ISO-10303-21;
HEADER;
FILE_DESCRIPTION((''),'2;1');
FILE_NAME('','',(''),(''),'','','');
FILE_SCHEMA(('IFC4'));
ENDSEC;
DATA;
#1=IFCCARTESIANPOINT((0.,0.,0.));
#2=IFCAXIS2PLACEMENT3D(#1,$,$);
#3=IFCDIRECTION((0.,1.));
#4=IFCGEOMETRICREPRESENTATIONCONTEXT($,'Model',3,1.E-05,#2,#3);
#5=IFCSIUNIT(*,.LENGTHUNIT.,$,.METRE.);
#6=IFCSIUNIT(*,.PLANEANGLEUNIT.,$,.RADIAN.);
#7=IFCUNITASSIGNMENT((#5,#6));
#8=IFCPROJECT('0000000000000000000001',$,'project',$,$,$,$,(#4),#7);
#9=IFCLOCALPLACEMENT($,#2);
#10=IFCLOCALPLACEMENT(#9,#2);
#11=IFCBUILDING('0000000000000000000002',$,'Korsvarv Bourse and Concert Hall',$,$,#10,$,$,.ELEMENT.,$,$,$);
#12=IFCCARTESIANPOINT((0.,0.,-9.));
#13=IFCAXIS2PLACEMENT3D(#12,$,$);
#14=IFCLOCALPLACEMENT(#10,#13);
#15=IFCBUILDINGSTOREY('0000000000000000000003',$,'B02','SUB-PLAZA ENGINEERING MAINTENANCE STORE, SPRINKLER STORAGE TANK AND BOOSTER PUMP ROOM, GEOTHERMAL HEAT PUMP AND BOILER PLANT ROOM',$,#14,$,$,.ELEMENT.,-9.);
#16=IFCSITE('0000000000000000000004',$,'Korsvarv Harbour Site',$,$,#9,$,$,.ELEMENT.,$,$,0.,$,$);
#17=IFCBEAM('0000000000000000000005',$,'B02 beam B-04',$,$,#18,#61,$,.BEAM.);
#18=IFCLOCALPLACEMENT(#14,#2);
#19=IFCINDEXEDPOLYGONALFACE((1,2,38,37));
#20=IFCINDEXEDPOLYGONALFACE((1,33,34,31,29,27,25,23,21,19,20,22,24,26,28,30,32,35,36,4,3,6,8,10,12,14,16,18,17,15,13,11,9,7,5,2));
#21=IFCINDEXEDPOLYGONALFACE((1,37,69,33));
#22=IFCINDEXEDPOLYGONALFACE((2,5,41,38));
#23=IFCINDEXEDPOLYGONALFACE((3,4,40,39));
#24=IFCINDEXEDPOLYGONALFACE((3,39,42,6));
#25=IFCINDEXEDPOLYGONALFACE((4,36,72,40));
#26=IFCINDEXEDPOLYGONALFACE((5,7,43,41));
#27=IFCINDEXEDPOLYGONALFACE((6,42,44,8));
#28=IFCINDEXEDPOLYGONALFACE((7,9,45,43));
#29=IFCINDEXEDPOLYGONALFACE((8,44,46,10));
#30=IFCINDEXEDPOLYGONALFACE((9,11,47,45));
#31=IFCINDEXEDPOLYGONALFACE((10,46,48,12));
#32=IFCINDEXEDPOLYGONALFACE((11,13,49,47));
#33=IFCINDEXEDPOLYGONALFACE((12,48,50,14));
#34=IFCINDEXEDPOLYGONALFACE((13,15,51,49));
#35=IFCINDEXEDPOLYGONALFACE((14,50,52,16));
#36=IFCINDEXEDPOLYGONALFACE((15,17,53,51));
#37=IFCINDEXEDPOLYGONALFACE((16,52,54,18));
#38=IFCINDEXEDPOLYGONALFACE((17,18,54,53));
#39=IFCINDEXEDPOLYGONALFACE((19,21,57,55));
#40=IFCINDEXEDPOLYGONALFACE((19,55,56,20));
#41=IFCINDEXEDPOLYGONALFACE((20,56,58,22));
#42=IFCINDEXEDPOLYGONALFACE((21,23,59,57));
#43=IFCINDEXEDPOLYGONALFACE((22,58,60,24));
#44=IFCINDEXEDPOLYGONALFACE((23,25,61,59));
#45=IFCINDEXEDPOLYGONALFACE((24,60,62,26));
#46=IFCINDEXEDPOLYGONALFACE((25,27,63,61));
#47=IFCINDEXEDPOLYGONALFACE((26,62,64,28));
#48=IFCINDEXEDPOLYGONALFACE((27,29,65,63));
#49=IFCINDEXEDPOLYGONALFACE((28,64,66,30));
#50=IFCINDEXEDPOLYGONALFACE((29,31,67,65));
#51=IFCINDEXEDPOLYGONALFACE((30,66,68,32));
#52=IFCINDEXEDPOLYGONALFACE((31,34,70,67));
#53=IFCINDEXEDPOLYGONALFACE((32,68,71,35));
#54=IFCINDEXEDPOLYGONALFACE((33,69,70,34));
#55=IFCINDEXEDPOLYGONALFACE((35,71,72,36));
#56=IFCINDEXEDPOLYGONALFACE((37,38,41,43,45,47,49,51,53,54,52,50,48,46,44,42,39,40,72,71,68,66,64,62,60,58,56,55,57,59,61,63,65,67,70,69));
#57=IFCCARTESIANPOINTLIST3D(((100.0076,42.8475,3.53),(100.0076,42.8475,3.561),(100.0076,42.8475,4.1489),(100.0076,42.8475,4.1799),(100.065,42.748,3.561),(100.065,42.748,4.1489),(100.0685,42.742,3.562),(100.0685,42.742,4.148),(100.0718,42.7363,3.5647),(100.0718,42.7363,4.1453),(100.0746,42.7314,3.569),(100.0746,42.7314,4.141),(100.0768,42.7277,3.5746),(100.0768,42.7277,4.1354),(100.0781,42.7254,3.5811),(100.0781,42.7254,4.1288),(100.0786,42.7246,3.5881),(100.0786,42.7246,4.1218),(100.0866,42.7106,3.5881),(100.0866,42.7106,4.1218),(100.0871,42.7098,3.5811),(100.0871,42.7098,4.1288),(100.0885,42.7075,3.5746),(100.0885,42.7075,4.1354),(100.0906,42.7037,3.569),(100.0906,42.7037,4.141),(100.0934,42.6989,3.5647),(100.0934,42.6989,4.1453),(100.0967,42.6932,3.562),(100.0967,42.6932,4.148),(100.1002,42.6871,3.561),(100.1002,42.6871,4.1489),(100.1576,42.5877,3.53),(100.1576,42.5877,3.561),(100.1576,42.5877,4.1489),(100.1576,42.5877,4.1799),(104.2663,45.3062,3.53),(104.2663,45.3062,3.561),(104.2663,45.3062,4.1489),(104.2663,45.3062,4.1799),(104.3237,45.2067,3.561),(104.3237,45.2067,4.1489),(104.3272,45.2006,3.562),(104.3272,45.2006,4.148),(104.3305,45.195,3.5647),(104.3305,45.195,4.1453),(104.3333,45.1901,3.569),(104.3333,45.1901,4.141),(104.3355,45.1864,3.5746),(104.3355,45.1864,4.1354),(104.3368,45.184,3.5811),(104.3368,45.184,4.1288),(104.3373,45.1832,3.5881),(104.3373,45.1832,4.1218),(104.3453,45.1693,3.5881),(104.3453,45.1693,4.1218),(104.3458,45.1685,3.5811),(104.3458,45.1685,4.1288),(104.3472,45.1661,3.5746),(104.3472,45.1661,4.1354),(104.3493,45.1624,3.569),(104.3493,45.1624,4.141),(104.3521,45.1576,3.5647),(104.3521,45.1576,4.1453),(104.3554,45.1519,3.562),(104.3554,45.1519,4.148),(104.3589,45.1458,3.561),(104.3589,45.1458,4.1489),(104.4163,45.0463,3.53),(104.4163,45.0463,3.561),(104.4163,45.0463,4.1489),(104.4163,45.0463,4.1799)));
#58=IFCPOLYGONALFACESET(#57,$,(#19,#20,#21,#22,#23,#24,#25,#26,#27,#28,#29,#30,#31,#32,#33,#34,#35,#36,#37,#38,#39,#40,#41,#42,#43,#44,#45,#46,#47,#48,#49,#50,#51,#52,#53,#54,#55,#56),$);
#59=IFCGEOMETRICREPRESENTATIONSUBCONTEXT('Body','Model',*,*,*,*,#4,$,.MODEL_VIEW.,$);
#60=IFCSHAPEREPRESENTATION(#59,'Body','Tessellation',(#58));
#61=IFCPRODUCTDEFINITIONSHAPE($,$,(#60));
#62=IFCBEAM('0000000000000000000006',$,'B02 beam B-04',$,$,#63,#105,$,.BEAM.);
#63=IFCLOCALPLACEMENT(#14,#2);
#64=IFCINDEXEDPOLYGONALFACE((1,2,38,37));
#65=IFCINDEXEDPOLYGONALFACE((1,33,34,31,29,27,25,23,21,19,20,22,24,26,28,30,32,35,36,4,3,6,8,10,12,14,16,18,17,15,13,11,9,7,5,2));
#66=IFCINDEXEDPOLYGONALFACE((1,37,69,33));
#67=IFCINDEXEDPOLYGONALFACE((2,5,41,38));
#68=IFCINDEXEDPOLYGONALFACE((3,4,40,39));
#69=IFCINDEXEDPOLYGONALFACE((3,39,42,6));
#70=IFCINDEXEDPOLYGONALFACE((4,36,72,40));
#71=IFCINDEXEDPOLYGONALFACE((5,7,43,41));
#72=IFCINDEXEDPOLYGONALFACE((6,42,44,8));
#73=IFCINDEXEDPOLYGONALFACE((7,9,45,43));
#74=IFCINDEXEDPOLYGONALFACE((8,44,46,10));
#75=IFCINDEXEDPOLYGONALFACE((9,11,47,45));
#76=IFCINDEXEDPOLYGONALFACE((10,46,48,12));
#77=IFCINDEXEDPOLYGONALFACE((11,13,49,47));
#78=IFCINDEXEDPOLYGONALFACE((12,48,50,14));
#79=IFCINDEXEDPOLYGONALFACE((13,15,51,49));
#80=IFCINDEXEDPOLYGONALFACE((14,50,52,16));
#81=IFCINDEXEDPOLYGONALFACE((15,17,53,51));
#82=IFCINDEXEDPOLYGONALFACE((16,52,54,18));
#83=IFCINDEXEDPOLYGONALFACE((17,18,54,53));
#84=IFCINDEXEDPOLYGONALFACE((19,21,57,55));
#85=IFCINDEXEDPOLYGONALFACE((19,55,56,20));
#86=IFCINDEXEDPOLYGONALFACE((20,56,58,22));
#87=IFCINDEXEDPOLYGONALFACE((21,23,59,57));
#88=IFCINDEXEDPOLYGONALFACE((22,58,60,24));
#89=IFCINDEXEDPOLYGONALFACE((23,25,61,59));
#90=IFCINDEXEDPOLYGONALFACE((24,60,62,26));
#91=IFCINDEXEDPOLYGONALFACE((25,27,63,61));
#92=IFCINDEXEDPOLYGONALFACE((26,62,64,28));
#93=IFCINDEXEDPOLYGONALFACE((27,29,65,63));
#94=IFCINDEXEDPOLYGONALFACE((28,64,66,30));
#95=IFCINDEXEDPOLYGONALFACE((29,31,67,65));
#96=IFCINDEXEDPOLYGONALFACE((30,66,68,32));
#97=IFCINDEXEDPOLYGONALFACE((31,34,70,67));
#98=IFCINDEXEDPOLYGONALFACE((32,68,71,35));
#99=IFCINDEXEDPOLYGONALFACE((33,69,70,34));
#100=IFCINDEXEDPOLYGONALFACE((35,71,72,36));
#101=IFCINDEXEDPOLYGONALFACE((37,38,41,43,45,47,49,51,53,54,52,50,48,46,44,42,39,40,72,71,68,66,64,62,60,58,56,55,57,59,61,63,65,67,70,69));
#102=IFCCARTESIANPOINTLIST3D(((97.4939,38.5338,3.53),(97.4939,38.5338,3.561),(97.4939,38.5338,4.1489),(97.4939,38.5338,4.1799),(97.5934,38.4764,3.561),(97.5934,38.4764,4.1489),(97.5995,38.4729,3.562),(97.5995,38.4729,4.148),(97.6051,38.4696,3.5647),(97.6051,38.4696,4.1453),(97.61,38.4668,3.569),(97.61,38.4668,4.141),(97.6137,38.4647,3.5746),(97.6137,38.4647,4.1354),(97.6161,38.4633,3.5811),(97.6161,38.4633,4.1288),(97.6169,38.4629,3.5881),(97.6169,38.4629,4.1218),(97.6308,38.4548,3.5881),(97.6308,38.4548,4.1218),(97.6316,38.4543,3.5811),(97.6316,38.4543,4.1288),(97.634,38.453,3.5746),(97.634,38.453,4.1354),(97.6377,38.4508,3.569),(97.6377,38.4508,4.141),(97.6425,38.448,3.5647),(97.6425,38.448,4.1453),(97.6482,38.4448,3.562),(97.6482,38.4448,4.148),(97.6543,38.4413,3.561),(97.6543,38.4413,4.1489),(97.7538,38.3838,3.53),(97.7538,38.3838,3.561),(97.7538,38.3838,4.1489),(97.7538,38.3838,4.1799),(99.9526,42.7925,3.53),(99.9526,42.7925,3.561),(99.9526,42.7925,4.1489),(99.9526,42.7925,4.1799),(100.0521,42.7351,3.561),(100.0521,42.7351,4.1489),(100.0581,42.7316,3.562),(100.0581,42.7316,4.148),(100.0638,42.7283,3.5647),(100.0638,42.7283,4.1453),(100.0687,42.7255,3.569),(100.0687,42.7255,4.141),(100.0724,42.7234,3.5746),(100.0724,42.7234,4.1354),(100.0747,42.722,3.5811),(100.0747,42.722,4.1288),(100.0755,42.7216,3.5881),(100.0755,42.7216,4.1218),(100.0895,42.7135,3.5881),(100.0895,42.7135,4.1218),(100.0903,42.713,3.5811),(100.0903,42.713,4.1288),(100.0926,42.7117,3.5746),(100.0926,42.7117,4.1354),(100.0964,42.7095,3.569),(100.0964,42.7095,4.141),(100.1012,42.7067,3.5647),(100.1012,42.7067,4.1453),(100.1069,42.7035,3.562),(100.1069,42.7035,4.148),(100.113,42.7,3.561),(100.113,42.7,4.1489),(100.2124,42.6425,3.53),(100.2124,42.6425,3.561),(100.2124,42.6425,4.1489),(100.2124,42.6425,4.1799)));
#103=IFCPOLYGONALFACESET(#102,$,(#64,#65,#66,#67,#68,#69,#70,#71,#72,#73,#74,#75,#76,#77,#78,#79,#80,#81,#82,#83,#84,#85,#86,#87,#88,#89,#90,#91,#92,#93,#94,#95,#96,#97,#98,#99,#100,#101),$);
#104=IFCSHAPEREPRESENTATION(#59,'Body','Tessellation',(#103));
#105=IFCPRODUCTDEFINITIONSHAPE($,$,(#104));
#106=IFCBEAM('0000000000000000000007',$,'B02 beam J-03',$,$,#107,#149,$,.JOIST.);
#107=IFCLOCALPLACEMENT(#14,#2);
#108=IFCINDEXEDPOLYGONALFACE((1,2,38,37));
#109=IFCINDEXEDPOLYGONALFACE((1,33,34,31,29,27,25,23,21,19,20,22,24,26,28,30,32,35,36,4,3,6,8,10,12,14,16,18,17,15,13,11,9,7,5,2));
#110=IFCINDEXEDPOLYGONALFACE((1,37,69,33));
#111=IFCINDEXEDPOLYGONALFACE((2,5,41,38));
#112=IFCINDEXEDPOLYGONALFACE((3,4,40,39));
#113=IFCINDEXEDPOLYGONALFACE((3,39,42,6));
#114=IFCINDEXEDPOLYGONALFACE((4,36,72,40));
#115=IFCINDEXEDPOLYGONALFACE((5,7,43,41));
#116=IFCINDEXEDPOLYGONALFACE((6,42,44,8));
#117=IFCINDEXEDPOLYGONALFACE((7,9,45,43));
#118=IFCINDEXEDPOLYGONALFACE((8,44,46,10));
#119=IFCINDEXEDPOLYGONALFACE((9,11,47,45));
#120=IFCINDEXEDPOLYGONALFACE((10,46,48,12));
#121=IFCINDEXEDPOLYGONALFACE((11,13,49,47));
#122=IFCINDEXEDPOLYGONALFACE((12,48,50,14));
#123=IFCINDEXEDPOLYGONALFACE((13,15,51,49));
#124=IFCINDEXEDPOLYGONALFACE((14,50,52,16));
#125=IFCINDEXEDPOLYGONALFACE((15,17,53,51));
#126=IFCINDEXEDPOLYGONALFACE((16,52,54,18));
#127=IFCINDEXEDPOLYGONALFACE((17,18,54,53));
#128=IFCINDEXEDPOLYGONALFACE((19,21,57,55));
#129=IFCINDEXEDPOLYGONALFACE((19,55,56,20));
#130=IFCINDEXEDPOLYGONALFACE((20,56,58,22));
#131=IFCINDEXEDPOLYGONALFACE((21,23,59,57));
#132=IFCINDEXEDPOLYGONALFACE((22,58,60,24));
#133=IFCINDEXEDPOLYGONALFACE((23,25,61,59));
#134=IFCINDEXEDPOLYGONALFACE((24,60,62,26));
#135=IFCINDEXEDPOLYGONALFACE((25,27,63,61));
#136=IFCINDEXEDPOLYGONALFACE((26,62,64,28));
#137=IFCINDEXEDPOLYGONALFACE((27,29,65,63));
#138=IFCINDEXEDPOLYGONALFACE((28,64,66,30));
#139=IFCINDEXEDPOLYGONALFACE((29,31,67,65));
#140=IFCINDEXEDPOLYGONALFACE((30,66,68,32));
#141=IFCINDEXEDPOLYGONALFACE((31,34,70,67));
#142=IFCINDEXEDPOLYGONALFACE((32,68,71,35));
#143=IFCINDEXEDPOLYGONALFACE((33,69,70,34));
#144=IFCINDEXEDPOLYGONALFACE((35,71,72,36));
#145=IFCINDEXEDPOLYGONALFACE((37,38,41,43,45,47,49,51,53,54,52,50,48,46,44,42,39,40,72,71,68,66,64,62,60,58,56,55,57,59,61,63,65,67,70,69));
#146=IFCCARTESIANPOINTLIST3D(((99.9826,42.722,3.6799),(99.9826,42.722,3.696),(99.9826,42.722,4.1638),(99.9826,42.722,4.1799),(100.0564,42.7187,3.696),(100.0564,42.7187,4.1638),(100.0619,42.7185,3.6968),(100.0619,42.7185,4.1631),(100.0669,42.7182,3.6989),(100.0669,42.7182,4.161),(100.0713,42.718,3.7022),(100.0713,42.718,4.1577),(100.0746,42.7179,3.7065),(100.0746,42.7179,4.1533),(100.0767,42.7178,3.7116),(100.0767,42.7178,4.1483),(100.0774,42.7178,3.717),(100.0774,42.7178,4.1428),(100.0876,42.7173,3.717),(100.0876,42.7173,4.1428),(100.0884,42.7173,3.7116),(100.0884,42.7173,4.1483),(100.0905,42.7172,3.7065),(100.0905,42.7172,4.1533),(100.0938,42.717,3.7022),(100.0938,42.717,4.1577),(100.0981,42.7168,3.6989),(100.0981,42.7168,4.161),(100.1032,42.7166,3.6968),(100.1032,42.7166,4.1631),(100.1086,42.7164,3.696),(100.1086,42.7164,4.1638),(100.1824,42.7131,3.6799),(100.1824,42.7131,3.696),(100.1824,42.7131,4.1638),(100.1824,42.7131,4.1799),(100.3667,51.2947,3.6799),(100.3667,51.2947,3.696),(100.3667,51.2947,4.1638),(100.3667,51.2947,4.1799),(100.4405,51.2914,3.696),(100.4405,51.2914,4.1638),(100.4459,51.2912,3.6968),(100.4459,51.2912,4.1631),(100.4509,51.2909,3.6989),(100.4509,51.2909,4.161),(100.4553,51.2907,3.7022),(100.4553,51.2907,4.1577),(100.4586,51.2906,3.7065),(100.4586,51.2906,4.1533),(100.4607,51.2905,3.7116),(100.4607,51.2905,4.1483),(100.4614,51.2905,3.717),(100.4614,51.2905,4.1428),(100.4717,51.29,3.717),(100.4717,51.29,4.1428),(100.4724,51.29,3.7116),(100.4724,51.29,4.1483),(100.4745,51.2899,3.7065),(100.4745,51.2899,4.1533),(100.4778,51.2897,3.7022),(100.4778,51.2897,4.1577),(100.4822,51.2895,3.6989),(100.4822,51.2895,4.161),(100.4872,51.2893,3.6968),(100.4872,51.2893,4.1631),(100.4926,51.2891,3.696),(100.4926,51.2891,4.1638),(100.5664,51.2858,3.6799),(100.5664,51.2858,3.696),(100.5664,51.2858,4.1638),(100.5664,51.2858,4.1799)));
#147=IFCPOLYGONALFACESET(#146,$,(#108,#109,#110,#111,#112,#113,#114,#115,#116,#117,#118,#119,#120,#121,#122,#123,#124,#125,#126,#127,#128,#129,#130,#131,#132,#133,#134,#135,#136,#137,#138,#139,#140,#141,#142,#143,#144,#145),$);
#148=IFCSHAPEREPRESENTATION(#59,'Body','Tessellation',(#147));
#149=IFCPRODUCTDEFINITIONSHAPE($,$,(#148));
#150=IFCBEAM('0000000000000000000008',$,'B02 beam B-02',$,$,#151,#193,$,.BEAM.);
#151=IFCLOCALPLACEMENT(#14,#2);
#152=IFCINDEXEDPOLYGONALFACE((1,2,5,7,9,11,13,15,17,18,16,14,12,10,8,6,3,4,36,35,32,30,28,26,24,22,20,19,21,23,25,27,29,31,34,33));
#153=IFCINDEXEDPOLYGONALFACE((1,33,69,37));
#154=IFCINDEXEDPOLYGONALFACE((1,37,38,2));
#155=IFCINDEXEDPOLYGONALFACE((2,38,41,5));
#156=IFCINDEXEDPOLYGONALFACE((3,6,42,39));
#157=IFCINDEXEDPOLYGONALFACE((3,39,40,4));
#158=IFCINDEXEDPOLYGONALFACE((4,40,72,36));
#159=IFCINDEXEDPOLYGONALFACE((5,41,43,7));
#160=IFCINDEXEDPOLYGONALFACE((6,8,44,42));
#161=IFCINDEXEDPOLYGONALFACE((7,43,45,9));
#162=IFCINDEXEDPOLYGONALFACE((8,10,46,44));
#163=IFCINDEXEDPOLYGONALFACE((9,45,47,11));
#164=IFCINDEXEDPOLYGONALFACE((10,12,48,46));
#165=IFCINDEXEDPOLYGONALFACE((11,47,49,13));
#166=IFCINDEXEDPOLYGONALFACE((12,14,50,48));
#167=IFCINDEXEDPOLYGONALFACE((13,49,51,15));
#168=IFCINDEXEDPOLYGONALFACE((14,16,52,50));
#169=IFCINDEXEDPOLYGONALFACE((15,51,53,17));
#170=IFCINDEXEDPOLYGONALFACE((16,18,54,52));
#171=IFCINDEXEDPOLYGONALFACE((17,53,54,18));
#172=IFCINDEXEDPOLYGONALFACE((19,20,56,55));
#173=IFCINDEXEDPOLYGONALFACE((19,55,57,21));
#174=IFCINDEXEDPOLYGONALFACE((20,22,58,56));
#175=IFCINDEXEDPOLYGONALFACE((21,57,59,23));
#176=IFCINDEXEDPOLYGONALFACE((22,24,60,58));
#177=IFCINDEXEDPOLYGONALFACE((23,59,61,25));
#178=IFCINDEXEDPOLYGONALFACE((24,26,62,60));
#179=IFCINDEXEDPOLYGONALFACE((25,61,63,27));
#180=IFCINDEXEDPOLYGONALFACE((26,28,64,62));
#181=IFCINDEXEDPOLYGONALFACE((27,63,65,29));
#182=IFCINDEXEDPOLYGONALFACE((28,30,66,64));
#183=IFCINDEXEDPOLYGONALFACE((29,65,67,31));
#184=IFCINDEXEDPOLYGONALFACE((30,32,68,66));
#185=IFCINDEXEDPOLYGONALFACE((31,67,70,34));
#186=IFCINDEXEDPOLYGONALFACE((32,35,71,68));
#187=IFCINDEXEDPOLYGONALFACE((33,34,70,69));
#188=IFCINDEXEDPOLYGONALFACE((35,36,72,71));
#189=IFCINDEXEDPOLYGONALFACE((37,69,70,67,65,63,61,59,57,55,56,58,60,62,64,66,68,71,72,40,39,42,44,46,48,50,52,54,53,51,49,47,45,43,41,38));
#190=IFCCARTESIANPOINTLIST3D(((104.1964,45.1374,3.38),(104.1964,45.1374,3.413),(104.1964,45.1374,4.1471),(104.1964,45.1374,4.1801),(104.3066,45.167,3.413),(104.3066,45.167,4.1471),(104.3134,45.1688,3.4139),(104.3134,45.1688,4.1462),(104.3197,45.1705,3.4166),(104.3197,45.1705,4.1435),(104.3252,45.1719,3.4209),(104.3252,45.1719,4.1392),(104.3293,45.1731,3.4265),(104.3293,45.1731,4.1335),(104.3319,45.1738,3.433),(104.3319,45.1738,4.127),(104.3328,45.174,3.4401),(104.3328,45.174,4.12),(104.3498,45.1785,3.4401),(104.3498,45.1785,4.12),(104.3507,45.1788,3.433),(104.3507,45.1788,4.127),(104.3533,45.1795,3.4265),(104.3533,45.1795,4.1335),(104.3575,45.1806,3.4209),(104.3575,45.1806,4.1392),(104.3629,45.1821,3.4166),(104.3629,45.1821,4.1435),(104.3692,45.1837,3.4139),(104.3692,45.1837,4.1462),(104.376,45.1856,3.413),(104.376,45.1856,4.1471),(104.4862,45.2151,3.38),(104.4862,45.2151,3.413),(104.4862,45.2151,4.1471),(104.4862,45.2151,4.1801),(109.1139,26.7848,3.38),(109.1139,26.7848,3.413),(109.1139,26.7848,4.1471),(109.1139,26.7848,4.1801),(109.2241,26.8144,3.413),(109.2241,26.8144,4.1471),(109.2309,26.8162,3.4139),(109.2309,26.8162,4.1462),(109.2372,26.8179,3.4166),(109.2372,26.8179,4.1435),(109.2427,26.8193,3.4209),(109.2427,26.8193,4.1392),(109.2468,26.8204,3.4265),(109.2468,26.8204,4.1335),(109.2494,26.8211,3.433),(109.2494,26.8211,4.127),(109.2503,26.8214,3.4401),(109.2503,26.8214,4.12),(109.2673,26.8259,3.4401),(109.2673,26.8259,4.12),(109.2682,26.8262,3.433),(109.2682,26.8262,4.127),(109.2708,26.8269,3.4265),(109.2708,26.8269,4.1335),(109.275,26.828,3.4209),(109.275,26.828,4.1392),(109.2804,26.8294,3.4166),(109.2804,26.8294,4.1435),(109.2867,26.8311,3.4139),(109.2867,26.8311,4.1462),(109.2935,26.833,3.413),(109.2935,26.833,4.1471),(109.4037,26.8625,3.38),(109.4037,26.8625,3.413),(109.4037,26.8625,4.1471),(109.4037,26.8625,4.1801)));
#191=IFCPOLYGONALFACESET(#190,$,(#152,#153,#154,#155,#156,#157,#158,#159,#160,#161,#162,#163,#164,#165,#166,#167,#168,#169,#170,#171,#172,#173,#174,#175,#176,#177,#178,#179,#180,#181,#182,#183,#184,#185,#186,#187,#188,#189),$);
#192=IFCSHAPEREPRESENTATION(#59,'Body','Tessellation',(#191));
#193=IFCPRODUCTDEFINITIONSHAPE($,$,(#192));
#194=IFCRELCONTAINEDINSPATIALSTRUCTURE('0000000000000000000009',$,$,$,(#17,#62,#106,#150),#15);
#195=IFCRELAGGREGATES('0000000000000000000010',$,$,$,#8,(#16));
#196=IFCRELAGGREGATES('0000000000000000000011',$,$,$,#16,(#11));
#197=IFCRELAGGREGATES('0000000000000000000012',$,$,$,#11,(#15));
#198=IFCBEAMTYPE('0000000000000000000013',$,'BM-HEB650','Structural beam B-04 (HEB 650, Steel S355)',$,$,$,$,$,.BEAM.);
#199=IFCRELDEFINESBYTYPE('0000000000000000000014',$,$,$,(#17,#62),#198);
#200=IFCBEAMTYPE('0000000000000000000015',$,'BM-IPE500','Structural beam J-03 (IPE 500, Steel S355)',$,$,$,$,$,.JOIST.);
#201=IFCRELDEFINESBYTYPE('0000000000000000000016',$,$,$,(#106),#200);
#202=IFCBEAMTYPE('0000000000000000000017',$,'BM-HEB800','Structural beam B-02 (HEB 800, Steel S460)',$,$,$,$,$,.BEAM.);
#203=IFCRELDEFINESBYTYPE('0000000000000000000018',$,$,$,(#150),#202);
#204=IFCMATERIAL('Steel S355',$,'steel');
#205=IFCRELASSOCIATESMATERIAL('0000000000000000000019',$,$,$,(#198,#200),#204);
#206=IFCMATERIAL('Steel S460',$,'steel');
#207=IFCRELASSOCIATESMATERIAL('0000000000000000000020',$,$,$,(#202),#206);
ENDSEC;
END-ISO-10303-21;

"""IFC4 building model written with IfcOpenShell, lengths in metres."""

from ifc_helpers import new_model, si_unit, direction, frame, origin, origin_2d, place, context, subcontext, project, spatial, i_section, extrude, source, transform, mapped, material, material_profile, profile_set, type_object, element, save


model = new_model("IFC4")

# Units and contexts
model_context = context("Model", 3, precision=1e-05, world=origin(), true_north=direction((0.0, 1.0)))
body_context = subcontext(model_context, "Body", "Model", "MODEL_VIEW")
ifc_project = project(units=[si_unit("LENGTHUNIT", "METRE"), si_unit("PLANEANGLEUNIT", "RADIAN")], contexts=[model_context])

# Site, building, storey
site_placement = place(None, origin())
site = spatial("IfcSite", under=ifc_project, at=site_placement, Name="Korsvarv Harbour Site", CompositionType="ELEMENT", RefElevation=0.0)
building_placement = place(site_placement, origin())
building = spatial("IfcBuilding", under=site, at=building_placement, Name="Korsvarv Bourse and Concert Hall", CompositionType="ELEMENT")
storey_placement = place(building_placement, frame((0.0, 0.0, -9.0)))
storey = spatial("IfcBuildingStorey", under=building, at=storey_placement, Name="B02", Description="SUB-PLAZA ENGINEERING MAINTENANCE STORE, SPRINKLER STORAGE TANK AND BOOSTER PUMP ROOM, GEOTHERMAL HEAT PUMP AND BOILER PLANT ROOM", CompositionType="ELEMENT", Elevation=-9.0)

# Beams
ifc_material_1 = material(Name="Steel S355", Category="steel")
ifc_material_profile_1 = material_profile(ifc_material_1, i_section(OverallWidth=0.3, OverallDepth=0.6499, WebThickness=0.0161, FlangeThickness=0.031, FilletRadius=0.0271, at=origin_2d()), Name="HEB 650")
ifc_profile_set_1 = profile_set([ifc_material_profile_1], Name="Steel S355")
beam_type_1 = type_object("IfcBeamType", Name="BM-HEB650", Description="Structural beam B-04 (HEB 650, Steel S355)", PredefinedType="BEAM", material=ifc_profile_set_1)
shared_shape_1 = source(origin(), body_context, "Body", "SweptSolid", [
    extrude(i_section(OverallWidth=0.3, OverallDepth=0.6499, WebThickness=0.0161, FlangeThickness=0.031, FilletRadius=0.0271, at=origin_2d()), origin(), (0.0, 0.0, 1.0), 4.9175),
])
for number, where, z_axis, x_axis, name in (
    (1, (104.3413, 45.1763, 3.855), (-0.866032, -0.499989, 0.0), (0.499989, -0.866032, 0.0), "B02 beam B-04"),
    (2, (100.0825, 42.7175, 3.855), (-0.499989, -0.866032, 0.0), (0.866032, -0.499989, 0.0), "B02 beam B-04"),
):
    element("IfcBeam", number, at=place(storey_placement, frame(where, z_axis=z_axis, x_axis=x_axis)), inside=storey, type_object=beam_type_1, Name=name, PredefinedType="BEAM", context=body_context, shape_type="MappedRepresentation", body=[
        mapped(shared_shape_1, transform((0.0, 0.0, 0.0), scale=1.0)),
    ])
ifc_material_profile_2 = material_profile(ifc_material_1, i_section(OverallWidth=0.2, OverallDepth=0.5, WebThickness=0.0103, FlangeThickness=0.0161, FilletRadius=0.021, at=origin_2d()), Name="IPE 500")
ifc_profile_set_2 = profile_set([ifc_material_profile_2], Name="Steel S355")
beam_type_2 = type_object("IfcBeamType", Name="BM-IPE500", Description="Structural beam J-03 (IPE 500, Steel S355)", PredefinedType="JOIST", material=ifc_profile_set_2)
shared_shape_2 = source(origin(), body_context, "Body", "SweptSolid", [
    extrude(i_section(OverallWidth=0.2, OverallDepth=0.5, WebThickness=0.0103, FlangeThickness=0.0161, FilletRadius=0.021, at=origin_2d()), origin(), (0.0, 0.0, 1.0), 8.5813),
])
beam_placement = place(storey_placement, frame((100.0825, 42.7175, 3.9299), z_axis=(0.044752, 0.998998, 0.0), x_axis=(-0.998998, 0.044752, 0.0)))
element("IfcBeam", 3, at=beam_placement, inside=storey, type_object=beam_type_2, Name="B02 beam J-03", PredefinedType="JOIST", context=body_context, shape_type="MappedRepresentation", body=[
    mapped(shared_shape_2, transform((0.0, 0.0, 0.0), scale=1.0)),
])
ifc_material_2 = material(Name="Steel S460", Category="steel")
ifc_material_profile_3 = material_profile(ifc_material_2, i_section(OverallWidth=0.3, OverallDepth=0.8, WebThickness=0.0176, FlangeThickness=0.033, FilletRadius=0.0271, at=origin_2d()), Name="HEB 800")
ifc_profile_set_3 = profile_set([ifc_material_profile_3], Name="Steel S460")
beam_type_3 = type_object("IfcBeamType", Name="BM-HEB800", Description="Structural beam B-02 (HEB 800, Steel S460)", PredefinedType="BEAM", material=ifc_profile_set_3)
shared_shape_3 = source(origin(), body_context, "Body", "SweptSolid", [
    extrude(i_section(OverallWidth=0.3, OverallDepth=0.8, WebThickness=0.0176, FlangeThickness=0.033, FilletRadius=0.0271, at=origin_2d()), origin(), (0.0, 0.0, 1.0), 19.0),
])
for number, where, z_axis, x_axis, name in (
    (4, (104.3413, 45.1763, 3.78), (0.258816, -0.965927, 0.0), (0.965927, 0.258816, 0.0), "B02 beam B-02"),
):
    element("IfcBeam", number, at=place(storey_placement, frame(where, z_axis=z_axis, x_axis=x_axis)), inside=storey, type_object=beam_type_3, Name=name, PredefinedType="BEAM", context=body_context, shape_type="MappedRepresentation", body=[
        mapped(shared_shape_3, transform((0.0, 0.0, 0.0), scale=1.0)),
    ])

save(model, "model.ifc")
